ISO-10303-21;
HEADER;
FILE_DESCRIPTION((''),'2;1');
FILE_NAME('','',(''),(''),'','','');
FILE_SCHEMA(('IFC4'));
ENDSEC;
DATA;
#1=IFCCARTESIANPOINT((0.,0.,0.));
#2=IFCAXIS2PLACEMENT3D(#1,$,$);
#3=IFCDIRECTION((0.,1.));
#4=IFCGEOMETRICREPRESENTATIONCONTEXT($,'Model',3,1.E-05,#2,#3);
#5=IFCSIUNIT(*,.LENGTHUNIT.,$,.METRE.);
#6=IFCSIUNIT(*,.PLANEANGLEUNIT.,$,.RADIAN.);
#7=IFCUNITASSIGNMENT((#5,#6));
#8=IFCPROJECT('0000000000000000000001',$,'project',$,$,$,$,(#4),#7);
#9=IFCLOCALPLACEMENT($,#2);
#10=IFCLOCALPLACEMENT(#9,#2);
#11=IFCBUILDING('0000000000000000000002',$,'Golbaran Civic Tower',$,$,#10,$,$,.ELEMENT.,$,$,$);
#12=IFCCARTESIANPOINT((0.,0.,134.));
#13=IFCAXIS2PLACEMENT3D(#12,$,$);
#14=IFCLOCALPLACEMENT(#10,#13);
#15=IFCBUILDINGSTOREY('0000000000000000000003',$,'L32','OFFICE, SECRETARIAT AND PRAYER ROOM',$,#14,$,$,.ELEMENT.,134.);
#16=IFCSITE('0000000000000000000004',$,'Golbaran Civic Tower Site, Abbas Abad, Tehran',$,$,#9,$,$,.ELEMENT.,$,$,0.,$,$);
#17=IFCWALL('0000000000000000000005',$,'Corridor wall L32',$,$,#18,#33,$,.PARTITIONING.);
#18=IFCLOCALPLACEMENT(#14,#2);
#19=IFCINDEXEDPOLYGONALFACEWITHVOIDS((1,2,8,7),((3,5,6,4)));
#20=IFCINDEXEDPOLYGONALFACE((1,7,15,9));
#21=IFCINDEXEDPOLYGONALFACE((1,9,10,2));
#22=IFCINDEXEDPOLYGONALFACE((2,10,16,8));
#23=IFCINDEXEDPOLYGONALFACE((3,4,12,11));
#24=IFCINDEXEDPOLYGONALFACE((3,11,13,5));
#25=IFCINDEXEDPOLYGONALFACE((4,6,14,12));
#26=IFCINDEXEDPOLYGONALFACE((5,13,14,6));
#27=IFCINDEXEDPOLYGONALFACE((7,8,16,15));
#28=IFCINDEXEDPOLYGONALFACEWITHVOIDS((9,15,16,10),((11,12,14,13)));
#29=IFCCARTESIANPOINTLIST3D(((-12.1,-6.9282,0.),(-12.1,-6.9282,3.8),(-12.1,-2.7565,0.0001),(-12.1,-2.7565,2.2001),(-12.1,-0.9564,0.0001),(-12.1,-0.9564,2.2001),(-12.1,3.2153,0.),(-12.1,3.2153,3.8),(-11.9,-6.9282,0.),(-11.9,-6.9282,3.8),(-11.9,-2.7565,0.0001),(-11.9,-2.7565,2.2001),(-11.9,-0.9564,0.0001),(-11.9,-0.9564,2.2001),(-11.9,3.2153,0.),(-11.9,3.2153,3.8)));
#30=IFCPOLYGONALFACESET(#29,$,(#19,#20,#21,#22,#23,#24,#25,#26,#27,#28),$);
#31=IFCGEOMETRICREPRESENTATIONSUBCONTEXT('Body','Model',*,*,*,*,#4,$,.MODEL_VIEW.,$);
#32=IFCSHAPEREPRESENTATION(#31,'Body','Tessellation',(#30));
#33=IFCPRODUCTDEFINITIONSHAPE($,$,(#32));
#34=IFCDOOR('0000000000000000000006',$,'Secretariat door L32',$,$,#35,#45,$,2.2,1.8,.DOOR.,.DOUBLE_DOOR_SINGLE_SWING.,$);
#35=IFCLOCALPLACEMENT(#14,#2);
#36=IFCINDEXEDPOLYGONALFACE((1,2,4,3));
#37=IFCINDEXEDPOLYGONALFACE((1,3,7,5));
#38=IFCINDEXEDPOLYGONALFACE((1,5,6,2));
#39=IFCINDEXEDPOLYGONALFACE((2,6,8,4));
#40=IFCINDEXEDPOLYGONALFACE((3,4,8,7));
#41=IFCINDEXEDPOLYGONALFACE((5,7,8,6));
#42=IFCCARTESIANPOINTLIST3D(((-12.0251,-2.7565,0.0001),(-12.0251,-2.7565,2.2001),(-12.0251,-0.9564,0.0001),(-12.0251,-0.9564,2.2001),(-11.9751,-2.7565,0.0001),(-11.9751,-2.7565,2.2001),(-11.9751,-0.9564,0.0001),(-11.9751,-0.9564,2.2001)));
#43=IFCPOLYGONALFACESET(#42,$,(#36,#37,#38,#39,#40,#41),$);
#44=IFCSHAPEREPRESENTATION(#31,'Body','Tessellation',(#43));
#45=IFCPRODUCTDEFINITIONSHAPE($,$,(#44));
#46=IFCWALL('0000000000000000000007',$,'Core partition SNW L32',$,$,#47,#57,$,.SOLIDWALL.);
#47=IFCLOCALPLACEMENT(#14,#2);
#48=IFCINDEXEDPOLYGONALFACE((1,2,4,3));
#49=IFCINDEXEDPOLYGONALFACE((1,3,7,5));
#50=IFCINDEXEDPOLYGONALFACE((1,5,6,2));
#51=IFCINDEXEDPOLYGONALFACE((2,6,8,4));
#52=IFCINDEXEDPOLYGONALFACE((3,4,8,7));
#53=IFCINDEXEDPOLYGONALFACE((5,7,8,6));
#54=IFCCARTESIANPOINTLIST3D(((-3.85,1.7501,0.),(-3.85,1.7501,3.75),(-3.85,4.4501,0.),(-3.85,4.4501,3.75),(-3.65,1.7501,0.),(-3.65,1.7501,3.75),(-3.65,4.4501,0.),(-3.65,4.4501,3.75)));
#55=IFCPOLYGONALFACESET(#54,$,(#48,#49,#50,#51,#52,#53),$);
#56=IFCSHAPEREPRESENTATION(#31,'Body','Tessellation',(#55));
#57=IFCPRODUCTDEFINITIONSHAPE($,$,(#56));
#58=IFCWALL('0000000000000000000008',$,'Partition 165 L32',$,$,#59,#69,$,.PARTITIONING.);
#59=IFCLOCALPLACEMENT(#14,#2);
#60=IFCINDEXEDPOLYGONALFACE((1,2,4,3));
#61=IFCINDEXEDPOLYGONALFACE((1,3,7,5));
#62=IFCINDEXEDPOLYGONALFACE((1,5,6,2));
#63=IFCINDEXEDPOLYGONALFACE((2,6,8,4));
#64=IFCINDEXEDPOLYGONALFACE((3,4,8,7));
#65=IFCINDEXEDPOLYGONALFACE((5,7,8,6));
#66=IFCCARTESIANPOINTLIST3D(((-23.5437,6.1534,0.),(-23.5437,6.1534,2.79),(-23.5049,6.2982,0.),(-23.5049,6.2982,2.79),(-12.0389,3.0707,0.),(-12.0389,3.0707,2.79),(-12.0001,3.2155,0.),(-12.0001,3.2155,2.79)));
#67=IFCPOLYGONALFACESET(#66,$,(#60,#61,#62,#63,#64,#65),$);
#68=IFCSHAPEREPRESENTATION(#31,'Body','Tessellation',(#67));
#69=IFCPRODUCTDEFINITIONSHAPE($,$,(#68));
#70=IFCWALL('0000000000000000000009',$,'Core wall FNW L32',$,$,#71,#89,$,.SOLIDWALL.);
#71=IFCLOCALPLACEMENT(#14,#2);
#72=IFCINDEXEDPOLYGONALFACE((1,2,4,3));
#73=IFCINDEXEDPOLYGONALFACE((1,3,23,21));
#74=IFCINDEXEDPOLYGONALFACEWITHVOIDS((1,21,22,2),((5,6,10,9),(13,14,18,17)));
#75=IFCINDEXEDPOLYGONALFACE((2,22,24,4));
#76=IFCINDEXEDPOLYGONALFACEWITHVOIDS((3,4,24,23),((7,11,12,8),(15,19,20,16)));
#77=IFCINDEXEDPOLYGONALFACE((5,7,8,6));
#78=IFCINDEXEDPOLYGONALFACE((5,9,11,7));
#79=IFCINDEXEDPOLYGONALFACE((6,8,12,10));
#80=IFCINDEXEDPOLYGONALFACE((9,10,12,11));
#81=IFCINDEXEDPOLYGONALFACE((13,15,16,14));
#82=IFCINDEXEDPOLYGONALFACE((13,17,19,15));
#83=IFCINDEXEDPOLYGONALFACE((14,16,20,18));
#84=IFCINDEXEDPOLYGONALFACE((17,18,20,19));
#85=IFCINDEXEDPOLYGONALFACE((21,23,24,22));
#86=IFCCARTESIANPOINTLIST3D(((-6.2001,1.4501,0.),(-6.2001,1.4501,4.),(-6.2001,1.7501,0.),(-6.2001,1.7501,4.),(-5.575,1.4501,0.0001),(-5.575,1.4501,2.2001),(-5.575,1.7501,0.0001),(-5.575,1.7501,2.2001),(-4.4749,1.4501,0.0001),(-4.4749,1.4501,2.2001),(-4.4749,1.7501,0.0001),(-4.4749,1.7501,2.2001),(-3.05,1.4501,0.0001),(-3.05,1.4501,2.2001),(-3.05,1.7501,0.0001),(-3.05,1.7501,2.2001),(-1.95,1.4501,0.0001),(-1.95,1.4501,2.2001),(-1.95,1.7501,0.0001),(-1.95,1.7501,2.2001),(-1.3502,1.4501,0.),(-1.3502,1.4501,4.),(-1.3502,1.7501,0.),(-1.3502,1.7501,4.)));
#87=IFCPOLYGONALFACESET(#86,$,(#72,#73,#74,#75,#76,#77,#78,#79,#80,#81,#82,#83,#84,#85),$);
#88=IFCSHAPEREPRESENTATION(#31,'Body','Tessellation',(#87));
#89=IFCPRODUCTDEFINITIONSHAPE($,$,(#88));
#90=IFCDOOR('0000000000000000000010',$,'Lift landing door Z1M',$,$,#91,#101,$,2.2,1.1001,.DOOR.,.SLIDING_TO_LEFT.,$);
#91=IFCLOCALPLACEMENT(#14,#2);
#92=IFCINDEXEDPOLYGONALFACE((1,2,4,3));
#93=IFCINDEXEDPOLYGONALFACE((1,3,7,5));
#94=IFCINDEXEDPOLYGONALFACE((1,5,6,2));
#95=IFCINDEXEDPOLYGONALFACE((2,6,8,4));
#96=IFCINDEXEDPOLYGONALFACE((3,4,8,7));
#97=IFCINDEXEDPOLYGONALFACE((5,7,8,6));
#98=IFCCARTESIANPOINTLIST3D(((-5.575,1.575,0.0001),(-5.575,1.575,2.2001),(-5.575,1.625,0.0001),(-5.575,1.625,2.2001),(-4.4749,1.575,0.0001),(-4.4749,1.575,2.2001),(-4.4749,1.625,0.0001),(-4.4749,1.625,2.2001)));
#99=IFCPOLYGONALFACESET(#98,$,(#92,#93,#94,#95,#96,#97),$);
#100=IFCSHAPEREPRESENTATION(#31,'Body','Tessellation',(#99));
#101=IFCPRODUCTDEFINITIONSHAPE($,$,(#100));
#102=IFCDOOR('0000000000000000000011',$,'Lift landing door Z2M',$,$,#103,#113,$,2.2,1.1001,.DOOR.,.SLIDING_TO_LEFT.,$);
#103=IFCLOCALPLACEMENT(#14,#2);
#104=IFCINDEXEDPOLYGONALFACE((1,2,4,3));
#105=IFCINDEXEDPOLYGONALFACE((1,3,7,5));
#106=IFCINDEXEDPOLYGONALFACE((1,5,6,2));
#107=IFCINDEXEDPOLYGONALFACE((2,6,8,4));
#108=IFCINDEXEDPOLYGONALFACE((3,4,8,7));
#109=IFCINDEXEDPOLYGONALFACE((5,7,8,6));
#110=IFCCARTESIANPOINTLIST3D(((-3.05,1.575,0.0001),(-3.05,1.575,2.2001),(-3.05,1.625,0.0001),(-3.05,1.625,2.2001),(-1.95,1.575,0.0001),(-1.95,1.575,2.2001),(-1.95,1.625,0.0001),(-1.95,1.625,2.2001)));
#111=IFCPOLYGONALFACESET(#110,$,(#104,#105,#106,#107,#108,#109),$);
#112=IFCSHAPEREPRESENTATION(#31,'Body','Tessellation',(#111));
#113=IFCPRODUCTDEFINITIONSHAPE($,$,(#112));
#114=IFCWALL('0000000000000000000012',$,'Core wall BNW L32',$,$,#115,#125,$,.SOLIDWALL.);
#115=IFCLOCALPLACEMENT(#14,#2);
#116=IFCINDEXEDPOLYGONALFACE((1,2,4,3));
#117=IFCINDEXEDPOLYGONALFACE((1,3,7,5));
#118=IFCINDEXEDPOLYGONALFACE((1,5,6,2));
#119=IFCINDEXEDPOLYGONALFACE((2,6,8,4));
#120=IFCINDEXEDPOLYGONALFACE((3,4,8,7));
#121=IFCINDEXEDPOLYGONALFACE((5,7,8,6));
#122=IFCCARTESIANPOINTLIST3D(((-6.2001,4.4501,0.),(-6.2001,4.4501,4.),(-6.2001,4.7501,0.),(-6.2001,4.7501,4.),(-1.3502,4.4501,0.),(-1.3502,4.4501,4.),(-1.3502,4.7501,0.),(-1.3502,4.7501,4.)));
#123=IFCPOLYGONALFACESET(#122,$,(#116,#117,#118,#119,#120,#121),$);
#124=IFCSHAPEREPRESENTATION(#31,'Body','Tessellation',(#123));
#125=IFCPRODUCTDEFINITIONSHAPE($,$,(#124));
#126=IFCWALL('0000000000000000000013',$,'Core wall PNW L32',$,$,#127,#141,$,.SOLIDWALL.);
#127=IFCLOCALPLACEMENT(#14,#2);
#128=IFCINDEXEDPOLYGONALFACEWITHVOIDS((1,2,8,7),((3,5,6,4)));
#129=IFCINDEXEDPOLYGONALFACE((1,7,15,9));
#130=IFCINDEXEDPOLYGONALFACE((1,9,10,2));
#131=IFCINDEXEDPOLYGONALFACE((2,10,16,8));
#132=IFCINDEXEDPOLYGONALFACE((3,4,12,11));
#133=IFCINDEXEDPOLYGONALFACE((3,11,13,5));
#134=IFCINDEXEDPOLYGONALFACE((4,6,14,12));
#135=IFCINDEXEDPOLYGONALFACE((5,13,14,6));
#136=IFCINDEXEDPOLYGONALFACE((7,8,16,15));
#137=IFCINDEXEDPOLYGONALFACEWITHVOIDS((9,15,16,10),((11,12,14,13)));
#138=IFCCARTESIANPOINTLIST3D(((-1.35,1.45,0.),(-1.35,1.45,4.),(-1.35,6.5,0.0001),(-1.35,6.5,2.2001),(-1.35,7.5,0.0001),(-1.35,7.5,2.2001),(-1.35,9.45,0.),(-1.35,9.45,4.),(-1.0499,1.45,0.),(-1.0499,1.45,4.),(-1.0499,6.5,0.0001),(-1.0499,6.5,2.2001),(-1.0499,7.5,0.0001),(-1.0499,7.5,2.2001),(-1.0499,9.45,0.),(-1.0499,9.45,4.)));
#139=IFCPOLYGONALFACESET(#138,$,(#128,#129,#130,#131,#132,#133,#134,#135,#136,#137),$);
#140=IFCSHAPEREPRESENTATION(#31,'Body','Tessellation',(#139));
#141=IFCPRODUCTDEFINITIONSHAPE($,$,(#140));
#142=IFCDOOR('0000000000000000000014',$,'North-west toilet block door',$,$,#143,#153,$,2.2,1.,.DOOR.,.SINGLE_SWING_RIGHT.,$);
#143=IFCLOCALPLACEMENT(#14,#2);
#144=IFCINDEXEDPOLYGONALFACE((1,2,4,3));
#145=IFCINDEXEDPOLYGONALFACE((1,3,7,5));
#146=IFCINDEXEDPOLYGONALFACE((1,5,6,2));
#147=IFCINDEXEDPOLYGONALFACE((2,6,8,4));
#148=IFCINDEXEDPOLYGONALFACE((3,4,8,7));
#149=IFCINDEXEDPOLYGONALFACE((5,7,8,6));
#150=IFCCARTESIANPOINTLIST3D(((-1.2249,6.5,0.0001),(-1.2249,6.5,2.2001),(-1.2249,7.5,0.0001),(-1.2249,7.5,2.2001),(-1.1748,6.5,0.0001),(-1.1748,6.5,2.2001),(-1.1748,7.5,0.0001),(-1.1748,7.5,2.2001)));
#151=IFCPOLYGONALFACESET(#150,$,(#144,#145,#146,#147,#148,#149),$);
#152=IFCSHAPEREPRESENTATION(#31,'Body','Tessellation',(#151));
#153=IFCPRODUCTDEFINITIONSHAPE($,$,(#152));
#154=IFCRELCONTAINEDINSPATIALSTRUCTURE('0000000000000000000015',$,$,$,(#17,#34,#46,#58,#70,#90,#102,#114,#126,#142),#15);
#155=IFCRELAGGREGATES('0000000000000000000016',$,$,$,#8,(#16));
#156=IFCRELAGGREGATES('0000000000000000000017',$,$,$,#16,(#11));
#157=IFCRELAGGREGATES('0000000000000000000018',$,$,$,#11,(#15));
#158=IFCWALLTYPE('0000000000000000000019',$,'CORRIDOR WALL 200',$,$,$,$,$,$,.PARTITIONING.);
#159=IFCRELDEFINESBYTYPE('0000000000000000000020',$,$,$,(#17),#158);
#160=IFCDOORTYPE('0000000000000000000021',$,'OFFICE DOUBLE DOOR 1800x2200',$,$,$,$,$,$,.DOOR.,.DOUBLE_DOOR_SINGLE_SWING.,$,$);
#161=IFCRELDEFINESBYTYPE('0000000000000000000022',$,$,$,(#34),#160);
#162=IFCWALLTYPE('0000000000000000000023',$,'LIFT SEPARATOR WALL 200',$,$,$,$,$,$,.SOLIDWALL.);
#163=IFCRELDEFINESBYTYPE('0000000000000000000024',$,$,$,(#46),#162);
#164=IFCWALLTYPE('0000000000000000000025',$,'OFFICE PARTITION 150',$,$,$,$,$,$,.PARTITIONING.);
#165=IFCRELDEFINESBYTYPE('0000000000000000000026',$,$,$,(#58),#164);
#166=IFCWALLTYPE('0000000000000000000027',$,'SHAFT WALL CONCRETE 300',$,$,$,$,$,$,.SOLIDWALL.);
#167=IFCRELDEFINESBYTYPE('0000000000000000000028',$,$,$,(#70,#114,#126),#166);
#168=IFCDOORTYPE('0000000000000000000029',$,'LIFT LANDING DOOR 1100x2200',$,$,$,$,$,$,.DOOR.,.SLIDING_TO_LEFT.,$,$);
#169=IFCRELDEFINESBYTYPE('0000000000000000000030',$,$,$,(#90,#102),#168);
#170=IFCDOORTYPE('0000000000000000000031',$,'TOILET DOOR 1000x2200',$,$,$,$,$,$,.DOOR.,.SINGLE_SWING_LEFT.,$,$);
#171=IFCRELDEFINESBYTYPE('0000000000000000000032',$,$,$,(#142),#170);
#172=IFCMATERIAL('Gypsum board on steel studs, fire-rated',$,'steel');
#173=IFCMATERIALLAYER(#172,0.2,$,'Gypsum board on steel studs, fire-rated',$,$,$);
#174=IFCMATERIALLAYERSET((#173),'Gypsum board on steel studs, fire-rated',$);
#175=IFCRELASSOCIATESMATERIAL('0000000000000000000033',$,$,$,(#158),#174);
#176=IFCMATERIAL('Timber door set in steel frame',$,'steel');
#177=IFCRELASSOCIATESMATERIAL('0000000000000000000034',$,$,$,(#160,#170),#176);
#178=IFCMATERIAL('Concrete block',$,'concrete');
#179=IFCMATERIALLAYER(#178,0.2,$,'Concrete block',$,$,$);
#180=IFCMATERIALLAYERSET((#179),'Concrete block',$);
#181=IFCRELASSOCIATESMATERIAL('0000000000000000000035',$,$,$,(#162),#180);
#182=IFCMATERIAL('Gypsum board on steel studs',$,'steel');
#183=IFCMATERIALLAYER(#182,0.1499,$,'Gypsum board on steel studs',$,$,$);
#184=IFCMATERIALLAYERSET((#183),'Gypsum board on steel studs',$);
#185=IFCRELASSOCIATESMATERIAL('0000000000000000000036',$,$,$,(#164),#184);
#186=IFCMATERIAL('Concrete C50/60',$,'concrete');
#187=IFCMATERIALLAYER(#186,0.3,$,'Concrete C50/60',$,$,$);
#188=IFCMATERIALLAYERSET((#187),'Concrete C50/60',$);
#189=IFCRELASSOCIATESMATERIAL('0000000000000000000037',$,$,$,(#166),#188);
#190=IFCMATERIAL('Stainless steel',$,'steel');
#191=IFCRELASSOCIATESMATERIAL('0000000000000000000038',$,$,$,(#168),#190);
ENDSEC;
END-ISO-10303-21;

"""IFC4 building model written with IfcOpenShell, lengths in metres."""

from ifc_helpers import new_model, si_unit, direction, frame, frame_2d, origin, place, context, subcontext, project, spatial, rectangle, extrude, material, layer, layer_set, type_object, element, fill, save


model = new_model("IFC4")

# Units and contexts
model_context = context("Model", 3, precision=1e-05, world=origin(), true_north=direction((0.0, 1.0)))
body_context = subcontext(model_context, "Body", "Model", "MODEL_VIEW")
ifc_project = project(units=[si_unit("LENGTHUNIT", "METRE"), si_unit("PLANEANGLEUNIT", "RADIAN")], contexts=[model_context])

# Site, building, storey
site_placement = place(None, origin())
site = spatial("IfcSite", under=ifc_project, at=site_placement, Name="Golbaran Civic Tower Site, Abbas Abad, Tehran", CompositionType="ELEMENT", RefElevation=0.0)
building_placement = place(site_placement, origin())
building = spatial("IfcBuilding", under=site, at=building_placement, Name="Golbaran Civic Tower", CompositionType="ELEMENT")
storey_placement = place(building_placement, frame((0.0, 0.0, 134.0)))
storey = spatial("IfcBuildingStorey", under=building, at=storey_placement, Name="L32", Description="OFFICE, SECRETARIAT AND PRAYER ROOM", CompositionType="ELEMENT", Elevation=134.0)

# Shared definitions
ifc_material_1 = material(Name="Concrete C50/60", Category="concrete")
ifc_material_2 = material(Name="Timber door set in steel frame", Category="steel")

# Wall, opening, door
ifc_material_3 = material(Name="Gypsum board on steel studs, fire-rated", Category="steel")
ifc_layer_1 = layer(ifc_material_3, 0.2, Name="Gypsum board on steel studs, fire-rated")
ifc_layer_set_1 = layer_set([ifc_layer_1], Name="Gypsum board on steel studs, fire-rated")
wall_type_1 = type_object("IfcWallType", Name="CORRIDOR WALL 200", PredefinedType="PARTITIONING", material=ifc_layer_set_1)
wall_1_placement = place(storey_placement, frame((-12.0, 3.2153, 0.0), z_axis=(0.0, 0.0, 1.0), x_axis=(0.0, -1.0, 0.0)))
wall_1 = element("IfcWall", 1, at=wall_1_placement, inside=storey, type_object=wall_type_1, Name="Corridor wall L32", PredefinedType="PARTITIONING", context=body_context, shape_type="SweptSolid", body=[
    extrude(rectangle(XDim=10.1436, YDim=0.2, at=frame_2d((5.0718, 0.0))), origin(), (0.0, 0.0, 1.0), 3.8),
])
opening_1_placement = place(wall_1_placement, frame((4.1719, 0.0, 0.0)))
opening_1 = element("IfcOpeningElement", 2, at=opening_1_placement, cuts=wall_1, PredefinedType="OPENING", context=body_context, shape_type="SweptSolid", body=[
    extrude(rectangle(XDim=1.8, YDim=2.2, at=frame_2d((0.8999, 1.1001))), frame((0.0, 0.1099, 0.0), z_axis=(0.0, -1.0, 0.0), x_axis=(1.0, 0.0, 0.0)), (0.0, 0.0, 1.0), 0.22),
])
door_type_1 = type_object("IfcDoorType", Name="OFFICE DOUBLE DOOR 1800x2200", OperationType="DOUBLE_DOOR_SINGLE_SWING", PredefinedType="DOOR", material=ifc_material_2)
door_1_placement = place(opening_1_placement, origin())
door_1 = element("IfcDoor", 3, at=door_1_placement, inside=storey, type_object=door_type_1, Name="Secretariat door L32", OperationType="DOUBLE_DOOR_SINGLE_SWING", OverallHeight=2.2, OverallWidth=1.8, PredefinedType="DOOR", context=body_context, shape_type="SweptSolid", body=[
    extrude(rectangle(XDim=1.8, YDim=2.2, at=frame_2d((0.8999, 1.1001))), frame((0.0, 0.0249, 0.0), z_axis=(0.0, -1.0, 0.0), x_axis=(1.0, 0.0, 0.0)), (0.0, 0.0, 1.0), 0.05),
])
fill(opening_1, door_1)

# Walls
ifc_material_4 = material(Name="Concrete block", Category="concrete")
ifc_layer_2 = layer(ifc_material_4, 0.2, Name="Concrete block")
ifc_layer_set_2 = layer_set([ifc_layer_2], Name="Concrete block")
wall_type_2 = type_object("IfcWallType", Name="LIFT SEPARATOR WALL 200", PredefinedType="SOLIDWALL", material=ifc_layer_set_2)
wall_2_placement = place(storey_placement, frame((-3.75, 1.75, 0.0), z_axis=(0.0, 0.0, 1.0), x_axis=(0.0, 1.0, 0.0)))
element("IfcWall", 4, at=wall_2_placement, inside=storey, type_object=wall_type_2, Name="Core partition SNW L32", PredefinedType="SOLIDWALL", context=body_context, shape_type="SweptSolid", body=[
    extrude(rectangle(XDim=2.7, YDim=0.2, at=frame_2d((1.3501, 0.0))), origin(), (0.0, 0.0, 1.0), 3.75),
])
ifc_material_5 = material(Name="Gypsum board on steel studs", Category="steel")
ifc_layer_3 = layer(ifc_material_5, 0.1499, Name="Gypsum board on steel studs")
ifc_layer_set_3 = layer_set([ifc_layer_3], Name="Gypsum board on steel studs")
wall_type_3 = type_object("IfcWallType", Name="OFFICE PARTITION 150", PredefinedType="PARTITIONING", material=ifc_layer_set_3)
wall_3_placement = place(storey_placement, frame((-12.0195, 3.1431, 0.0), z_axis=(0.0, 0.0, 1.0), x_axis=(-0.965925, 0.258822, 0.0)))
element("IfcWall", 5, at=wall_3_placement, inside=storey, type_object=wall_type_3, Name="Partition 165 L32", PredefinedType="PARTITIONING", context=body_context, shape_type="SweptSolid", body=[
    extrude(rectangle(XDim=11.9106, YDim=0.1499, at=frame_2d((5.9553, 0.0))), origin(), (0.0, 0.0, 1.0), 2.79),
])

# Wall, openings, doors
ifc_layer_4 = layer(ifc_material_1, 0.3, Name="Concrete C50/60")
ifc_layer_set_4 = layer_set([ifc_layer_4], Name="Concrete C50/60")
wall_type_4 = type_object("IfcWallType", Name="SHAFT WALL CONCRETE 300", PredefinedType="SOLIDWALL", material=ifc_layer_set_4)
wall_4_placement = place(storey_placement, frame((-6.2, 1.6001, 0.0), z_axis=(0.0, 0.0, 1.0), x_axis=(1.0, 0.0, 0.0)))
wall_4 = element("IfcWall", 6, at=wall_4_placement, inside=storey, type_object=wall_type_4, Name="Core wall FNW L32", PredefinedType="SOLIDWALL", context=body_context, shape_type="SweptSolid", body=[
    extrude(rectangle(XDim=4.8499, YDim=0.3, at=frame_2d((2.4248, 0.0))), origin(), (0.0, 0.0, 1.0), 4.0),
])
opening_2_placement = place(wall_4_placement, frame((0.625, 0.0, 0.0)))
opening_2 = element("IfcOpeningElement", 7, at=opening_2_placement, cuts=wall_4, PredefinedType="OPENING", context=body_context, shape_type="SweptSolid", body=[
    extrude(rectangle(XDim=1.1001, YDim=2.2, at=frame_2d((0.55, 1.1001))), frame((0.0, 0.1599, 0.0), z_axis=(0.0, -1.0, 0.0), x_axis=(1.0, 0.0, 0.0)), (0.0, 0.0, 1.0), 0.3201),
])
opening_3_placement = place(wall_4_placement, frame((3.1499, 0.0, 0.0)))
opening_3 = element("IfcOpeningElement", 8, at=opening_3_placement, cuts=wall_4, PredefinedType="OPENING", context=body_context, shape_type="SweptSolid", body=[
    extrude(rectangle(XDim=1.1001, YDim=2.2, at=frame_2d((0.55, 1.1001))), frame((0.0, 0.1599, 0.0), z_axis=(0.0, -1.0, 0.0), x_axis=(1.0, 0.0, 0.0)), (0.0, 0.0, 1.0), 0.3201),
])
ifc_material_6 = material(Name="Stainless steel", Category="steel")
door_type_2 = type_object("IfcDoorType", Name="LIFT LANDING DOOR 1100x2200", OperationType="SLIDING_TO_LEFT", PredefinedType="DOOR", material=ifc_material_6)
door_2_placement = place(opening_2_placement, origin())
door_2 = element("IfcDoor", 9, at=door_2_placement, inside=storey, type_object=door_type_2, Name="Lift landing door Z1M", OperationType="SLIDING_TO_LEFT", OverallHeight=2.2, OverallWidth=1.1001, PredefinedType="DOOR", context=body_context, shape_type="SweptSolid", body=[
    extrude(rectangle(XDim=1.1001, YDim=2.2, at=frame_2d((0.55, 1.1001))), frame((0.0, 0.0249, 0.0), z_axis=(0.0, -1.0, 0.0), x_axis=(1.0, 0.0, 0.0)), (0.0, 0.0, 1.0), 0.05),
])
fill(opening_2, door_2)
door_3_placement = place(opening_3_placement, origin())
door_3 = element("IfcDoor", 10, at=door_3_placement, inside=storey, type_object=door_type_2, Name="Lift landing door Z2M", OperationType="SLIDING_TO_LEFT", OverallHeight=2.2, OverallWidth=1.1001, PredefinedType="DOOR", context=body_context, shape_type="SweptSolid", body=[
    extrude(rectangle(XDim=1.1001, YDim=2.2, at=frame_2d((0.55, 1.1001))), frame((0.0, 0.0249, 0.0), z_axis=(0.0, -1.0, 0.0), x_axis=(1.0, 0.0, 0.0)), (0.0, 0.0, 1.0), 0.05),
])
fill(opening_3, door_3)

# Wall
wall_5_placement = place(storey_placement, frame((-6.2, 4.6001, 0.0), z_axis=(0.0, 0.0, 1.0), x_axis=(1.0, 0.0, 0.0)))
element("IfcWall", 11, at=wall_5_placement, inside=storey, type_object=wall_type_4, Name="Core wall BNW L32", PredefinedType="SOLIDWALL", context=body_context, shape_type="SweptSolid", body=[
    extrude(rectangle(XDim=4.8499, YDim=0.3, at=frame_2d((2.4248, 0.0))), origin(), (0.0, 0.0, 1.0), 4.0),
])

# Wall, opening, door
wall_6_placement = place(storey_placement, frame((-1.2, 1.45, 0.0), z_axis=(0.0, 0.0, 1.0), x_axis=(0.0, 1.0, 0.0)))
wall_6 = element("IfcWall", 12, at=wall_6_placement, inside=storey, type_object=wall_type_4, Name="Core wall PNW L32", PredefinedType="SOLIDWALL", context=body_context, shape_type="SweptSolid", body=[
    extrude(rectangle(XDim=8.0, YDim=0.3, at=frame_2d((4.0, 0.0))), origin(), (0.0, 0.0, 1.0), 4.0),
])
opening_4_placement = place(wall_6_placement, frame((5.05, 0.0, 0.0)))
opening_4 = element("IfcOpeningElement", 13, at=opening_4_placement, cuts=wall_6, PredefinedType="OPENING", context=body_context, shape_type="SweptSolid", body=[
    extrude(rectangle(XDim=1.0, YDim=2.2, at=frame_2d((0.5, 1.1001))), frame((0.0, 0.1599, 0.0), z_axis=(0.0, -1.0, 0.0), x_axis=(1.0, 0.0, 0.0)), (0.0, 0.0, 1.0), 0.3201),
])
door_type_3 = type_object("IfcDoorType", Name="TOILET DOOR 1000x2200", OperationType="SINGLE_SWING_LEFT", PredefinedType="DOOR", material=ifc_material_2)
door_4_placement = place(opening_4_placement, origin())
door_4 = element("IfcDoor", 14, at=door_4_placement, inside=storey, type_object=door_type_3, Name="North-west toilet block door", OperationType="SINGLE_SWING_RIGHT", OverallHeight=2.2, OverallWidth=1.0, PredefinedType="DOOR", context=body_context, shape_type="SweptSolid", body=[
    extrude(rectangle(XDim=1.0, YDim=2.2, at=frame_2d((0.5, 1.1001))), frame((0.0, 0.0249, 0.0), z_axis=(0.0, -1.0, 0.0), x_axis=(1.0, 0.0, 0.0)), (0.0, 0.0, 1.0), 0.05),
])
fill(opening_4, door_4)

save(model, "model.ifc")
